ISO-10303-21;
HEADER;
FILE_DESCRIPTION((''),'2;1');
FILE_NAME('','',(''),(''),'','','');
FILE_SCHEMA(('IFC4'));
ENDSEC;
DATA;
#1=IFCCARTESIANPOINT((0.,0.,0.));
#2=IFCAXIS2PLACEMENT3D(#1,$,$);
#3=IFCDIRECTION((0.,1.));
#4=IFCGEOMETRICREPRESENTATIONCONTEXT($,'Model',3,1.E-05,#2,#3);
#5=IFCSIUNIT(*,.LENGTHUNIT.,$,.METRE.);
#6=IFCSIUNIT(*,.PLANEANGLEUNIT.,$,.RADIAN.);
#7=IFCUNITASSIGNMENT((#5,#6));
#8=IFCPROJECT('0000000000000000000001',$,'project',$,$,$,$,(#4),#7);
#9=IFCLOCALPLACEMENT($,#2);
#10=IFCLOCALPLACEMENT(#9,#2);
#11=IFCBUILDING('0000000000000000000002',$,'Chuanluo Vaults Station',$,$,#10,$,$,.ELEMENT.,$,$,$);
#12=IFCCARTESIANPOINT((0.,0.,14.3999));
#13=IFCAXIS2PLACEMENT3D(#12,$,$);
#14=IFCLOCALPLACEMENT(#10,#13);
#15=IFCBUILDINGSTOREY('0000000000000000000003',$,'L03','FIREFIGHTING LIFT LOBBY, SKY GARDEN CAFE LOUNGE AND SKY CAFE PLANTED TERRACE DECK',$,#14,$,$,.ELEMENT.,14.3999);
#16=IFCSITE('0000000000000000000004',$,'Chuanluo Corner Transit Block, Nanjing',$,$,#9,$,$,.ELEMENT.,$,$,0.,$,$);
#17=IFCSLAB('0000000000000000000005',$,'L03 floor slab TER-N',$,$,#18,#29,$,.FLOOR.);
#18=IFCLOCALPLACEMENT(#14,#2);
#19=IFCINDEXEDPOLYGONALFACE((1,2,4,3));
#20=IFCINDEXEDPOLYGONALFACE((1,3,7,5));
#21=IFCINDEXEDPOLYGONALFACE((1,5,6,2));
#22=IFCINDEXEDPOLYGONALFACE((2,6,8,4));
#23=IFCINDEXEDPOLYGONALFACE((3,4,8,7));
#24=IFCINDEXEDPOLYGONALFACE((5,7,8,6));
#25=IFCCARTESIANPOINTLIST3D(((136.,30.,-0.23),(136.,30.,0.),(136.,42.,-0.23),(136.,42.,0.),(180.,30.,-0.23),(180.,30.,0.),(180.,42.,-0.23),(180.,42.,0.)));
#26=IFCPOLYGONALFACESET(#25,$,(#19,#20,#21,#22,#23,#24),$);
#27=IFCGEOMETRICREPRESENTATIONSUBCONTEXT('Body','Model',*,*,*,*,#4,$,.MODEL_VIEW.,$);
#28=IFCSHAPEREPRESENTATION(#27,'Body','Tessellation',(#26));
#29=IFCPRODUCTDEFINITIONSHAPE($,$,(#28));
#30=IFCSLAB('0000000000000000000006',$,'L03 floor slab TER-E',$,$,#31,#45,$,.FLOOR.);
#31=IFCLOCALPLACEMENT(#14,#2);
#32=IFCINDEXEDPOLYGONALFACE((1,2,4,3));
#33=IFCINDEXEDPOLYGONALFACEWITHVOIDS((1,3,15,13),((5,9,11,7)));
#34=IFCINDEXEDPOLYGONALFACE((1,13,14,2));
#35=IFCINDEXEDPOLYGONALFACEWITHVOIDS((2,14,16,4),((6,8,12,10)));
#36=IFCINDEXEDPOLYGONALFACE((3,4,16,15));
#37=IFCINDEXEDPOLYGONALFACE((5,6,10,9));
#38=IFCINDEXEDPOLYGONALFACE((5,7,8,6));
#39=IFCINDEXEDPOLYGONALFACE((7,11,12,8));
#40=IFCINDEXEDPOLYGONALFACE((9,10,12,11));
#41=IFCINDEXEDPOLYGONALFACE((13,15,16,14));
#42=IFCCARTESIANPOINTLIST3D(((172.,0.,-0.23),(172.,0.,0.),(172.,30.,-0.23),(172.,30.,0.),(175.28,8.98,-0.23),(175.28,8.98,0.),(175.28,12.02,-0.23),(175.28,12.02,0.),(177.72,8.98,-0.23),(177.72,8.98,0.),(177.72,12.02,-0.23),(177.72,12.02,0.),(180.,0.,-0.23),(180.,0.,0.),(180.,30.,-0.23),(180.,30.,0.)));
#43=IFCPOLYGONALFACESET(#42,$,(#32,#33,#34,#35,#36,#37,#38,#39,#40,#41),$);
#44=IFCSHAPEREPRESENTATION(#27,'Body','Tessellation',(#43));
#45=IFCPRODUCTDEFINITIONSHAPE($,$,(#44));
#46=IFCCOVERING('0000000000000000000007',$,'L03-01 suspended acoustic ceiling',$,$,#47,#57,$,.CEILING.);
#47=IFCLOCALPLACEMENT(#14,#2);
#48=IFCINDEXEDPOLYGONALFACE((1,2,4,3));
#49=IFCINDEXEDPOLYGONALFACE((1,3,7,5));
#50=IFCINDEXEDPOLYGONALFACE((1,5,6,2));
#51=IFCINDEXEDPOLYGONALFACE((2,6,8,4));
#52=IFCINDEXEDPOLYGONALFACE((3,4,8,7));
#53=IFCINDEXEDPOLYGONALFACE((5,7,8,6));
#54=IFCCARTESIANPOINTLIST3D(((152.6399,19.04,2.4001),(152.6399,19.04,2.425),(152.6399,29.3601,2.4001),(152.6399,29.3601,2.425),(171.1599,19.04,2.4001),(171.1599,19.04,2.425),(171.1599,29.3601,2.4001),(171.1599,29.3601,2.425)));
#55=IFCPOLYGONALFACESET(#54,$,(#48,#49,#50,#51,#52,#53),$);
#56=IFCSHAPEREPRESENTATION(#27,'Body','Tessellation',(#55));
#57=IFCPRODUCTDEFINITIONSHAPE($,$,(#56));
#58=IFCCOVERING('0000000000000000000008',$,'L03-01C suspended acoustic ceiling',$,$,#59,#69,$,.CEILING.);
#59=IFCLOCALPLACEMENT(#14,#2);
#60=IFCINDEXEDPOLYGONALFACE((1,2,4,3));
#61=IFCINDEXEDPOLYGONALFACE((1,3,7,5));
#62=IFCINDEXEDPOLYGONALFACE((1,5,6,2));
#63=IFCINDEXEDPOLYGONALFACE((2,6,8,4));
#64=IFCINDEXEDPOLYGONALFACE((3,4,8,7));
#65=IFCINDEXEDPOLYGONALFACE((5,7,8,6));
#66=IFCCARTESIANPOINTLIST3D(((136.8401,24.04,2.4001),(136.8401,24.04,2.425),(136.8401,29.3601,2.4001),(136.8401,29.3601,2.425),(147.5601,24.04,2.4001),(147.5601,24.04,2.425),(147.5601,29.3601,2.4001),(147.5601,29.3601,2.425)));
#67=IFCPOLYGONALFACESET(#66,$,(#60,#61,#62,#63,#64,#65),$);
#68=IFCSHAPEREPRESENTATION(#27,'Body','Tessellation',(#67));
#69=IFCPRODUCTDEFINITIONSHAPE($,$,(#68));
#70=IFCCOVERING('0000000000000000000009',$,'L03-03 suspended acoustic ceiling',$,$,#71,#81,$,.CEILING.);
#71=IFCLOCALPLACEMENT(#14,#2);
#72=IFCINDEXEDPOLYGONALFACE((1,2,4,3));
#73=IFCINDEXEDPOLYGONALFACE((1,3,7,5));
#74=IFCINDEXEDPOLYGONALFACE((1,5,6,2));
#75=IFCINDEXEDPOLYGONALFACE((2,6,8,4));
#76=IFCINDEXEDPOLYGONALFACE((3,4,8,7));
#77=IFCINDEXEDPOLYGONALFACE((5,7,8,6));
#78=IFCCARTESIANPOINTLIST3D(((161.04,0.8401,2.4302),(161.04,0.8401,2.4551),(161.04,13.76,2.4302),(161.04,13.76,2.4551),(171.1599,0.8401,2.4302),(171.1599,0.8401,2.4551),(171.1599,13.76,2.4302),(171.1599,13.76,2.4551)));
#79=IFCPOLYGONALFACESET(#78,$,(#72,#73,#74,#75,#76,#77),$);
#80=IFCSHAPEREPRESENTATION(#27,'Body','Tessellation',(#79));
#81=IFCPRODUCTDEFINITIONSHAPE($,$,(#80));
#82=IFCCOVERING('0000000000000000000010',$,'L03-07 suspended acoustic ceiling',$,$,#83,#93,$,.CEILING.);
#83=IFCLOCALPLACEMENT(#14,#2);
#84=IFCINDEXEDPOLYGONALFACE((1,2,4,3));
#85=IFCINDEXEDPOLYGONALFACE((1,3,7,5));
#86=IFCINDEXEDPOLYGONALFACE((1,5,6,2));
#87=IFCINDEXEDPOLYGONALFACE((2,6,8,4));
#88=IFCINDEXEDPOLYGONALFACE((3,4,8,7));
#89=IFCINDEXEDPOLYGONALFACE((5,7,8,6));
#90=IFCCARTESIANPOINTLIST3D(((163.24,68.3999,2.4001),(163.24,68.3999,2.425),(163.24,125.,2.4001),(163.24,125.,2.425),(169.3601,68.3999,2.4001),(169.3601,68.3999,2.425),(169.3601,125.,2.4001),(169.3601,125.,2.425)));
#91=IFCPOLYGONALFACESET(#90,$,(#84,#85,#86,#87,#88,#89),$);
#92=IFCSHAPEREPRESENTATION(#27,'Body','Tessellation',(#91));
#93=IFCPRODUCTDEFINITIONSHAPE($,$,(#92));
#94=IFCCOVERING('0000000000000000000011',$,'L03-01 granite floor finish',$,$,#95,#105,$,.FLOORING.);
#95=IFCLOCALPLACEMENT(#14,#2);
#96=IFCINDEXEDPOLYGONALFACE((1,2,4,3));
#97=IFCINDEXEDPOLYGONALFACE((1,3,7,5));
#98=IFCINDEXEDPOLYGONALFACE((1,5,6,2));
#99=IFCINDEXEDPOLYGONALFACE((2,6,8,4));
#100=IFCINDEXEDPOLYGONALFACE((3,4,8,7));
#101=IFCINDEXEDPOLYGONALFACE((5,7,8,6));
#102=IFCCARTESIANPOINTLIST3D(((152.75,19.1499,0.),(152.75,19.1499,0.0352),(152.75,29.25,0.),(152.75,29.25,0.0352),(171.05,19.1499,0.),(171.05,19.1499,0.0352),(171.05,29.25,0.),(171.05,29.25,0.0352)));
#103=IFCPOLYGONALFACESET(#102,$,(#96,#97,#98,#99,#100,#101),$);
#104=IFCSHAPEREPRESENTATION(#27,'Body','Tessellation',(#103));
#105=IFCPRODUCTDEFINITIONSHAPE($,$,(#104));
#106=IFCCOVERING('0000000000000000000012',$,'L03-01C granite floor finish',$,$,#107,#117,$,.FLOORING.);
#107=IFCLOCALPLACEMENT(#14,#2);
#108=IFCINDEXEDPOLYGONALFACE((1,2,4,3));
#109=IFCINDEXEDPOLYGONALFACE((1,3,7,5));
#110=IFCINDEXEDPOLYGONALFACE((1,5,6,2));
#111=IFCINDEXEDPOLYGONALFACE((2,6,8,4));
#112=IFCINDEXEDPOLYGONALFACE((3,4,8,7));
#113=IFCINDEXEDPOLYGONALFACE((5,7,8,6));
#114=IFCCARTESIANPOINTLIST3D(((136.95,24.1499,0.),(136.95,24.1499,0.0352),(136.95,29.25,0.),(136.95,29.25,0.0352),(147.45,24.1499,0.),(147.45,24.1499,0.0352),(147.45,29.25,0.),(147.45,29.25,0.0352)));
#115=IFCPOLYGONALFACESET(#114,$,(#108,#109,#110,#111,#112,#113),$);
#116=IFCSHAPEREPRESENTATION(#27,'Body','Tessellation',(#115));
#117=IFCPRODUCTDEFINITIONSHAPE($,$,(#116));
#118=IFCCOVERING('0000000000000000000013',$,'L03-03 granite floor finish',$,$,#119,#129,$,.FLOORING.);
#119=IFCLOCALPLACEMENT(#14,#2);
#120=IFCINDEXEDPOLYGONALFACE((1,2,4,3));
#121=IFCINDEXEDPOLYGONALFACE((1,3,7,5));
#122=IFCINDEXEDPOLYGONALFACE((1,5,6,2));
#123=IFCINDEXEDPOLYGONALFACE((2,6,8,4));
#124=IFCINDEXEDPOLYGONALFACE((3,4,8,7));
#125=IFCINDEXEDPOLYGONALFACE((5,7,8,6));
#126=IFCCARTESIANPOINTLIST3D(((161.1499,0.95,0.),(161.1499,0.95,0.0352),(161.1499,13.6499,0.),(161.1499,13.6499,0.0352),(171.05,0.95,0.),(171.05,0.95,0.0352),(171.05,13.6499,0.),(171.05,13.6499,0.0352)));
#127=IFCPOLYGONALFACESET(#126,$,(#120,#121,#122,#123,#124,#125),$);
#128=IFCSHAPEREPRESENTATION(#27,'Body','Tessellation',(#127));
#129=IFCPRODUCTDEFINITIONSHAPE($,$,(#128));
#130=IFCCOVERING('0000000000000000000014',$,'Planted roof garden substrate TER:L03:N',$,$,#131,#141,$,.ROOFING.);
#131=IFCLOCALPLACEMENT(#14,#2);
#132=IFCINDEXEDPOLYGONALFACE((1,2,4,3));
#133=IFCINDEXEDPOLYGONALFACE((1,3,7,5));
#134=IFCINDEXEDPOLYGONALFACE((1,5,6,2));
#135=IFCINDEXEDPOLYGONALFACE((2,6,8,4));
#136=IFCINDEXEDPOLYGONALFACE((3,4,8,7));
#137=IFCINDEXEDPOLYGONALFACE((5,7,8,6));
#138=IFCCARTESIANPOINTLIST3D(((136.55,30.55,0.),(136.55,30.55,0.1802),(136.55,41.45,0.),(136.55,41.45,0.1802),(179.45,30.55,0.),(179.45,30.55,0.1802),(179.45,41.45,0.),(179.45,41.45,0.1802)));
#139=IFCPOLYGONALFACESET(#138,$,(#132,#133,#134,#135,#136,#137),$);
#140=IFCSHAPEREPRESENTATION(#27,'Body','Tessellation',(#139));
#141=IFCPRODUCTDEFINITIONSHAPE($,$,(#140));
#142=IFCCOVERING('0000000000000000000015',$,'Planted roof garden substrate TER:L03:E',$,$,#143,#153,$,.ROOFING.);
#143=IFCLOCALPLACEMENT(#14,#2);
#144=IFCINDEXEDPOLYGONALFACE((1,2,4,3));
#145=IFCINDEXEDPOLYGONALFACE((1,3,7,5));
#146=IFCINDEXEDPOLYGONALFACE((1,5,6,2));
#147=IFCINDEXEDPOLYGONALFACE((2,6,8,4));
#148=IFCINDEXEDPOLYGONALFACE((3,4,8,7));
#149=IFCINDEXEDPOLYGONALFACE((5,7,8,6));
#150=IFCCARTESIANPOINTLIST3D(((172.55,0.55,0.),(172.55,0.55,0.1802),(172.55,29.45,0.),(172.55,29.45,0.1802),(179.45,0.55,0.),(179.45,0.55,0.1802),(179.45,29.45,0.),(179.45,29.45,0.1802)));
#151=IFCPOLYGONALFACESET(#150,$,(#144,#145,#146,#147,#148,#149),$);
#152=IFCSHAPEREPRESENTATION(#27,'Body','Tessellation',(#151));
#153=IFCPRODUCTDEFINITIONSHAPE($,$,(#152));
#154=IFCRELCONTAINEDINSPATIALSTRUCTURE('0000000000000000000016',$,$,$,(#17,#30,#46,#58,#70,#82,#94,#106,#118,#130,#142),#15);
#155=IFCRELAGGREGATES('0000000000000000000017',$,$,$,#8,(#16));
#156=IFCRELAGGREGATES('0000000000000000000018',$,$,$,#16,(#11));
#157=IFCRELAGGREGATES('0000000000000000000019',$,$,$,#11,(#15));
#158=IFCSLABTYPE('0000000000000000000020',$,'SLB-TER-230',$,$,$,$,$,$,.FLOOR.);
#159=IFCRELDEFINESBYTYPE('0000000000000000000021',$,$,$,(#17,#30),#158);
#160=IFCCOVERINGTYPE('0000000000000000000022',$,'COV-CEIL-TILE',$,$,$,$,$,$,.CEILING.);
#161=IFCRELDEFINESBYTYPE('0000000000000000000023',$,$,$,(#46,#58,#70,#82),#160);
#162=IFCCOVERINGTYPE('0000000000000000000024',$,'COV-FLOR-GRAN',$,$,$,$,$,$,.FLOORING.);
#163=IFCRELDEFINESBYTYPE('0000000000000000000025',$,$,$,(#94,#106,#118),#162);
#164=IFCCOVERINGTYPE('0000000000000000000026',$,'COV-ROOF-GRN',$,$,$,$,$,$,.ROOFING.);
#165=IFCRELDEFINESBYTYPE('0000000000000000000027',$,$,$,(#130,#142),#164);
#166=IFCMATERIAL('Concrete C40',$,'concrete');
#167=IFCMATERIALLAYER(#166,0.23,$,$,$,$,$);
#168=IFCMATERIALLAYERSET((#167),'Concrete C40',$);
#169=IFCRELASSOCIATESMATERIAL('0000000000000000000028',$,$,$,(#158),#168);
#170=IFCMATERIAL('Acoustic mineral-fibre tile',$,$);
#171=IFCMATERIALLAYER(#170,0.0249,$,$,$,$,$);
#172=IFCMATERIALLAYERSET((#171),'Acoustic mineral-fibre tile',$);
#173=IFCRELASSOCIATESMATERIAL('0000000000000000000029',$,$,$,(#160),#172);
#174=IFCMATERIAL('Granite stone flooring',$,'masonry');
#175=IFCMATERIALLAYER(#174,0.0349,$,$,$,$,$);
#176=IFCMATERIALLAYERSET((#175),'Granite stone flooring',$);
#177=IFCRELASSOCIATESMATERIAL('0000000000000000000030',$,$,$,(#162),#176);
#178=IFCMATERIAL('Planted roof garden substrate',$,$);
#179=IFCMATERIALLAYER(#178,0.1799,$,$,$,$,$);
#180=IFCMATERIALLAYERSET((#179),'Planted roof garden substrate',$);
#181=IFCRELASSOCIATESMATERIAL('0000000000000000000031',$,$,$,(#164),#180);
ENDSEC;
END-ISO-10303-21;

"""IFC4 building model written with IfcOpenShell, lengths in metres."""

from ifc_helpers import new_model, si_unit, direction, frame, origin, place, context, subcontext, project, spatial, polyline, outline, extrude, material, layer, layer_set, type_object, element, save


model = new_model("IFC4")

# Units and contexts
model_context = context("Model", 3, precision=1e-05, world=origin(), true_north=direction((0.0, 1.0)))
body_context = subcontext(model_context, "Body", "Model", "MODEL_VIEW")
ifc_project = project(units=[si_unit("LENGTHUNIT", "METRE"), si_unit("PLANEANGLEUNIT", "RADIAN")], contexts=[model_context])

# Site, building, storey
site_placement = place(None, origin())
site = spatial("IfcSite", under=ifc_project, at=site_placement, Name="Chuanluo Corner Transit Block, Nanjing", CompositionType="ELEMENT", RefElevation=0.0)
building_placement = place(site_placement, origin())
building = spatial("IfcBuilding", under=site, at=building_placement, Name="Chuanluo Vaults Station", CompositionType="ELEMENT")
storey_placement = place(building_placement, frame((0.0, 0.0, 14.3999)))
storey = spatial("IfcBuildingStorey", under=building, at=storey_placement, Name="L03", Description="FIREFIGHTING LIFT LOBBY, SKY GARDEN CAFE LOUNGE AND SKY CAFE PLANTED TERRACE DECK", CompositionType="ELEMENT", Elevation=14.3999)

# Slabs
ifc_material_1 = material(Name="Concrete C40", Category="concrete")
ifc_layer_1 = layer(ifc_material_1, 0.23)
ifc_layer_set_1 = layer_set([ifc_layer_1], Name="Concrete C40")
slab_type_1 = type_object("IfcSlabType", Name="SLB-TER-230", PredefinedType="FLOOR", material=ifc_layer_set_1)
slab_1_placement = place(storey_placement, frame((0.0, 0.0, -0.23)))
element("IfcSlab", 1, at=slab_1_placement, inside=storey, type_object=slab_type_1, Name="L03 floor slab TER-N", PredefinedType="FLOOR", context=body_context, shape_type="SweptSolid", body=[
    extrude(outline(polyline([(136.0, 30.0), (180.0, 30.0), (180.0, 42.0), (136.0, 42.0), (136.0, 30.0)])), origin(), (0.0, 0.0, 1.0), 0.23),
])
slab_2_placement = place(storey_placement, frame((0.0, 0.0, -0.23)))
element("IfcSlab", 2, at=slab_2_placement, inside=storey, type_object=slab_type_1, Name="L03 floor slab TER-E", PredefinedType="FLOOR", context=body_context, shape_type="SweptSolid", body=[
    extrude(outline(polyline([(172.0, 0.0), (180.0, 0.0), (180.0, 30.0), (172.0, 30.0), (172.0, 0.0)]), holes=[polyline([(175.28, 8.98), (177.72, 8.98), (177.72, 12.02), (175.28, 12.02), (175.28, 8.98)])]), origin(), (0.0, 0.0, 1.0), 0.23),
])

# Coverings
ifc_material_2 = material(Name="Acoustic mineral-fibre tile")
ifc_layer_2 = layer(ifc_material_2, 0.0249)
ifc_layer_set_2 = layer_set([ifc_layer_2], Name="Acoustic mineral-fibre tile")
covering_type_1 = type_object("IfcCoveringType", Name="COV-CEIL-TILE", PredefinedType="CEILING", material=ifc_layer_set_2)
covering_1_placement = place(storey_placement, frame((0.0, 0.0, 2.4001)))
element("IfcCovering", 3, at=covering_1_placement, inside=storey, type_object=covering_type_1, Name="L03-01 suspended acoustic ceiling", PredefinedType="CEILING", context=body_context, shape_type="SweptSolid", body=[
    extrude(outline(polyline([(152.6399, 19.04), (171.1599, 19.04), (171.1599, 29.3601), (152.6399, 29.3601), (152.6399, 19.04)])), origin(), (0.0, 0.0, 1.0), 0.0249),
])
covering_2_placement = place(storey_placement, frame((0.0, 0.0, 2.4001)))
element("IfcCovering", 4, at=covering_2_placement, inside=storey, type_object=covering_type_1, Name="L03-01C suspended acoustic ceiling", PredefinedType="CEILING", context=body_context, shape_type="SweptSolid", body=[
    extrude(outline(polyline([(136.8401, 24.04), (147.5601, 24.04), (147.5601, 29.3601), (136.8401, 29.3601), (136.8401, 24.04)])), origin(), (0.0, 0.0, 1.0), 0.0249),
])
covering_3_placement = place(storey_placement, frame((0.0, 0.0, 2.4302)))
element("IfcCovering", 5, at=covering_3_placement, inside=storey, type_object=covering_type_1, Name="L03-03 suspended acoustic ceiling", PredefinedType="CEILING", context=body_context, shape_type="SweptSolid", body=[
    extrude(outline(polyline([(161.04, 0.8401), (171.1599, 0.8401), (171.1599, 13.76), (161.04, 13.76), (161.04, 0.8401)])), origin(), (0.0, 0.0, 1.0), 0.0249),
])
covering_4_placement = place(storey_placement, frame((0.0, 0.0, 2.4001)))
element("IfcCovering", 6, at=covering_4_placement, inside=storey, type_object=covering_type_1, Name="L03-07 suspended acoustic ceiling", PredefinedType="CEILING", context=body_context, shape_type="SweptSolid", body=[
    extrude(outline(polyline([(163.24, 68.3999), (169.3601, 68.3999), (169.3601, 125.0), (163.24, 125.0), (163.24, 68.3999)])), origin(), (0.0, 0.0, 1.0), 0.0249),
])
ifc_material_3 = material(Name="Granite stone flooring", Category="masonry")
ifc_layer_3 = layer(ifc_material_3, 0.0349)
ifc_layer_set_3 = layer_set([ifc_layer_3], Name="Granite stone flooring")
covering_type_2 = type_object("IfcCoveringType", Name="COV-FLOR-GRAN", PredefinedType="FLOORING", material=ifc_layer_set_3)
covering_5_placement = place(storey_placement, origin())
element("IfcCovering", 7, at=covering_5_placement, inside=storey, type_object=covering_type_2, Name="L03-01 granite floor finish", PredefinedType="FLOORING", context=body_context, shape_type="SweptSolid", body=[
    extrude(outline(polyline([(152.75, 19.1499), (171.05, 19.1499), (171.05, 29.25), (152.75, 29.25), (152.75, 19.1499)])), origin(), (0.0, 0.0, 1.0), 0.0352),
])
covering_6_placement = place(storey_placement, origin())
element("IfcCovering", 8, at=covering_6_placement, inside=storey, type_object=covering_type_2, Name="L03-01C granite floor finish", PredefinedType="FLOORING", context=body_context, shape_type="SweptSolid", body=[
    extrude(outline(polyline([(136.95, 24.1499), (147.45, 24.1499), (147.45, 29.25), (136.95, 29.25), (136.95, 24.1499)])), origin(), (0.0, 0.0, 1.0), 0.0352),
])
covering_7_placement = place(storey_placement, origin())
element("IfcCovering", 9, at=covering_7_placement, inside=storey, type_object=covering_type_2, Name="L03-03 granite floor finish", PredefinedType="FLOORING", context=body_context, shape_type="SweptSolid", body=[
    extrude(outline(polyline([(161.1499, 0.95), (171.05, 0.95), (171.05, 13.6499), (161.1499, 13.6499), (161.1499, 0.95)])), origin(), (0.0, 0.0, 1.0), 0.0352),
])
ifc_material_4 = material(Name="Planted roof garden substrate")
ifc_layer_4 = layer(ifc_material_4, 0.1799)
ifc_layer_set_4 = layer_set([ifc_layer_4], Name="Planted roof garden substrate")
covering_type_3 = type_object("IfcCoveringType", Name="COV-ROOF-GRN", PredefinedType="ROOFING", material=ifc_layer_set_4)
covering_8_placement = place(storey_placement, origin())
element("IfcCovering", 10, at=covering_8_placement, inside=storey, type_object=covering_type_3, Name="Planted roof garden substrate TER:L03:N", PredefinedType="ROOFING", context=body_context, shape_type="SweptSolid", body=[
    extrude(outline(polyline([(136.55, 30.55), (179.45, 30.55), (179.45, 41.45), (136.55, 41.45), (136.55, 30.55)])), origin(), (0.0, 0.0, 1.0), 0.1802),
])
covering_9_placement = place(storey_placement, origin())
element("IfcCovering", 11, at=covering_9_placement, inside=storey, type_object=covering_type_3, Name="Planted roof garden substrate TER:L03:E", PredefinedType="ROOFING", context=body_context, shape_type="SweptSolid", body=[
    extrude(outline(polyline([(172.55, 0.55), (179.45, 0.55), (179.45, 29.45), (172.55, 29.45), (172.55, 0.55)])), origin(), (0.0, 0.0, 1.0), 0.1802),
])

save(model, "model.ifc")
